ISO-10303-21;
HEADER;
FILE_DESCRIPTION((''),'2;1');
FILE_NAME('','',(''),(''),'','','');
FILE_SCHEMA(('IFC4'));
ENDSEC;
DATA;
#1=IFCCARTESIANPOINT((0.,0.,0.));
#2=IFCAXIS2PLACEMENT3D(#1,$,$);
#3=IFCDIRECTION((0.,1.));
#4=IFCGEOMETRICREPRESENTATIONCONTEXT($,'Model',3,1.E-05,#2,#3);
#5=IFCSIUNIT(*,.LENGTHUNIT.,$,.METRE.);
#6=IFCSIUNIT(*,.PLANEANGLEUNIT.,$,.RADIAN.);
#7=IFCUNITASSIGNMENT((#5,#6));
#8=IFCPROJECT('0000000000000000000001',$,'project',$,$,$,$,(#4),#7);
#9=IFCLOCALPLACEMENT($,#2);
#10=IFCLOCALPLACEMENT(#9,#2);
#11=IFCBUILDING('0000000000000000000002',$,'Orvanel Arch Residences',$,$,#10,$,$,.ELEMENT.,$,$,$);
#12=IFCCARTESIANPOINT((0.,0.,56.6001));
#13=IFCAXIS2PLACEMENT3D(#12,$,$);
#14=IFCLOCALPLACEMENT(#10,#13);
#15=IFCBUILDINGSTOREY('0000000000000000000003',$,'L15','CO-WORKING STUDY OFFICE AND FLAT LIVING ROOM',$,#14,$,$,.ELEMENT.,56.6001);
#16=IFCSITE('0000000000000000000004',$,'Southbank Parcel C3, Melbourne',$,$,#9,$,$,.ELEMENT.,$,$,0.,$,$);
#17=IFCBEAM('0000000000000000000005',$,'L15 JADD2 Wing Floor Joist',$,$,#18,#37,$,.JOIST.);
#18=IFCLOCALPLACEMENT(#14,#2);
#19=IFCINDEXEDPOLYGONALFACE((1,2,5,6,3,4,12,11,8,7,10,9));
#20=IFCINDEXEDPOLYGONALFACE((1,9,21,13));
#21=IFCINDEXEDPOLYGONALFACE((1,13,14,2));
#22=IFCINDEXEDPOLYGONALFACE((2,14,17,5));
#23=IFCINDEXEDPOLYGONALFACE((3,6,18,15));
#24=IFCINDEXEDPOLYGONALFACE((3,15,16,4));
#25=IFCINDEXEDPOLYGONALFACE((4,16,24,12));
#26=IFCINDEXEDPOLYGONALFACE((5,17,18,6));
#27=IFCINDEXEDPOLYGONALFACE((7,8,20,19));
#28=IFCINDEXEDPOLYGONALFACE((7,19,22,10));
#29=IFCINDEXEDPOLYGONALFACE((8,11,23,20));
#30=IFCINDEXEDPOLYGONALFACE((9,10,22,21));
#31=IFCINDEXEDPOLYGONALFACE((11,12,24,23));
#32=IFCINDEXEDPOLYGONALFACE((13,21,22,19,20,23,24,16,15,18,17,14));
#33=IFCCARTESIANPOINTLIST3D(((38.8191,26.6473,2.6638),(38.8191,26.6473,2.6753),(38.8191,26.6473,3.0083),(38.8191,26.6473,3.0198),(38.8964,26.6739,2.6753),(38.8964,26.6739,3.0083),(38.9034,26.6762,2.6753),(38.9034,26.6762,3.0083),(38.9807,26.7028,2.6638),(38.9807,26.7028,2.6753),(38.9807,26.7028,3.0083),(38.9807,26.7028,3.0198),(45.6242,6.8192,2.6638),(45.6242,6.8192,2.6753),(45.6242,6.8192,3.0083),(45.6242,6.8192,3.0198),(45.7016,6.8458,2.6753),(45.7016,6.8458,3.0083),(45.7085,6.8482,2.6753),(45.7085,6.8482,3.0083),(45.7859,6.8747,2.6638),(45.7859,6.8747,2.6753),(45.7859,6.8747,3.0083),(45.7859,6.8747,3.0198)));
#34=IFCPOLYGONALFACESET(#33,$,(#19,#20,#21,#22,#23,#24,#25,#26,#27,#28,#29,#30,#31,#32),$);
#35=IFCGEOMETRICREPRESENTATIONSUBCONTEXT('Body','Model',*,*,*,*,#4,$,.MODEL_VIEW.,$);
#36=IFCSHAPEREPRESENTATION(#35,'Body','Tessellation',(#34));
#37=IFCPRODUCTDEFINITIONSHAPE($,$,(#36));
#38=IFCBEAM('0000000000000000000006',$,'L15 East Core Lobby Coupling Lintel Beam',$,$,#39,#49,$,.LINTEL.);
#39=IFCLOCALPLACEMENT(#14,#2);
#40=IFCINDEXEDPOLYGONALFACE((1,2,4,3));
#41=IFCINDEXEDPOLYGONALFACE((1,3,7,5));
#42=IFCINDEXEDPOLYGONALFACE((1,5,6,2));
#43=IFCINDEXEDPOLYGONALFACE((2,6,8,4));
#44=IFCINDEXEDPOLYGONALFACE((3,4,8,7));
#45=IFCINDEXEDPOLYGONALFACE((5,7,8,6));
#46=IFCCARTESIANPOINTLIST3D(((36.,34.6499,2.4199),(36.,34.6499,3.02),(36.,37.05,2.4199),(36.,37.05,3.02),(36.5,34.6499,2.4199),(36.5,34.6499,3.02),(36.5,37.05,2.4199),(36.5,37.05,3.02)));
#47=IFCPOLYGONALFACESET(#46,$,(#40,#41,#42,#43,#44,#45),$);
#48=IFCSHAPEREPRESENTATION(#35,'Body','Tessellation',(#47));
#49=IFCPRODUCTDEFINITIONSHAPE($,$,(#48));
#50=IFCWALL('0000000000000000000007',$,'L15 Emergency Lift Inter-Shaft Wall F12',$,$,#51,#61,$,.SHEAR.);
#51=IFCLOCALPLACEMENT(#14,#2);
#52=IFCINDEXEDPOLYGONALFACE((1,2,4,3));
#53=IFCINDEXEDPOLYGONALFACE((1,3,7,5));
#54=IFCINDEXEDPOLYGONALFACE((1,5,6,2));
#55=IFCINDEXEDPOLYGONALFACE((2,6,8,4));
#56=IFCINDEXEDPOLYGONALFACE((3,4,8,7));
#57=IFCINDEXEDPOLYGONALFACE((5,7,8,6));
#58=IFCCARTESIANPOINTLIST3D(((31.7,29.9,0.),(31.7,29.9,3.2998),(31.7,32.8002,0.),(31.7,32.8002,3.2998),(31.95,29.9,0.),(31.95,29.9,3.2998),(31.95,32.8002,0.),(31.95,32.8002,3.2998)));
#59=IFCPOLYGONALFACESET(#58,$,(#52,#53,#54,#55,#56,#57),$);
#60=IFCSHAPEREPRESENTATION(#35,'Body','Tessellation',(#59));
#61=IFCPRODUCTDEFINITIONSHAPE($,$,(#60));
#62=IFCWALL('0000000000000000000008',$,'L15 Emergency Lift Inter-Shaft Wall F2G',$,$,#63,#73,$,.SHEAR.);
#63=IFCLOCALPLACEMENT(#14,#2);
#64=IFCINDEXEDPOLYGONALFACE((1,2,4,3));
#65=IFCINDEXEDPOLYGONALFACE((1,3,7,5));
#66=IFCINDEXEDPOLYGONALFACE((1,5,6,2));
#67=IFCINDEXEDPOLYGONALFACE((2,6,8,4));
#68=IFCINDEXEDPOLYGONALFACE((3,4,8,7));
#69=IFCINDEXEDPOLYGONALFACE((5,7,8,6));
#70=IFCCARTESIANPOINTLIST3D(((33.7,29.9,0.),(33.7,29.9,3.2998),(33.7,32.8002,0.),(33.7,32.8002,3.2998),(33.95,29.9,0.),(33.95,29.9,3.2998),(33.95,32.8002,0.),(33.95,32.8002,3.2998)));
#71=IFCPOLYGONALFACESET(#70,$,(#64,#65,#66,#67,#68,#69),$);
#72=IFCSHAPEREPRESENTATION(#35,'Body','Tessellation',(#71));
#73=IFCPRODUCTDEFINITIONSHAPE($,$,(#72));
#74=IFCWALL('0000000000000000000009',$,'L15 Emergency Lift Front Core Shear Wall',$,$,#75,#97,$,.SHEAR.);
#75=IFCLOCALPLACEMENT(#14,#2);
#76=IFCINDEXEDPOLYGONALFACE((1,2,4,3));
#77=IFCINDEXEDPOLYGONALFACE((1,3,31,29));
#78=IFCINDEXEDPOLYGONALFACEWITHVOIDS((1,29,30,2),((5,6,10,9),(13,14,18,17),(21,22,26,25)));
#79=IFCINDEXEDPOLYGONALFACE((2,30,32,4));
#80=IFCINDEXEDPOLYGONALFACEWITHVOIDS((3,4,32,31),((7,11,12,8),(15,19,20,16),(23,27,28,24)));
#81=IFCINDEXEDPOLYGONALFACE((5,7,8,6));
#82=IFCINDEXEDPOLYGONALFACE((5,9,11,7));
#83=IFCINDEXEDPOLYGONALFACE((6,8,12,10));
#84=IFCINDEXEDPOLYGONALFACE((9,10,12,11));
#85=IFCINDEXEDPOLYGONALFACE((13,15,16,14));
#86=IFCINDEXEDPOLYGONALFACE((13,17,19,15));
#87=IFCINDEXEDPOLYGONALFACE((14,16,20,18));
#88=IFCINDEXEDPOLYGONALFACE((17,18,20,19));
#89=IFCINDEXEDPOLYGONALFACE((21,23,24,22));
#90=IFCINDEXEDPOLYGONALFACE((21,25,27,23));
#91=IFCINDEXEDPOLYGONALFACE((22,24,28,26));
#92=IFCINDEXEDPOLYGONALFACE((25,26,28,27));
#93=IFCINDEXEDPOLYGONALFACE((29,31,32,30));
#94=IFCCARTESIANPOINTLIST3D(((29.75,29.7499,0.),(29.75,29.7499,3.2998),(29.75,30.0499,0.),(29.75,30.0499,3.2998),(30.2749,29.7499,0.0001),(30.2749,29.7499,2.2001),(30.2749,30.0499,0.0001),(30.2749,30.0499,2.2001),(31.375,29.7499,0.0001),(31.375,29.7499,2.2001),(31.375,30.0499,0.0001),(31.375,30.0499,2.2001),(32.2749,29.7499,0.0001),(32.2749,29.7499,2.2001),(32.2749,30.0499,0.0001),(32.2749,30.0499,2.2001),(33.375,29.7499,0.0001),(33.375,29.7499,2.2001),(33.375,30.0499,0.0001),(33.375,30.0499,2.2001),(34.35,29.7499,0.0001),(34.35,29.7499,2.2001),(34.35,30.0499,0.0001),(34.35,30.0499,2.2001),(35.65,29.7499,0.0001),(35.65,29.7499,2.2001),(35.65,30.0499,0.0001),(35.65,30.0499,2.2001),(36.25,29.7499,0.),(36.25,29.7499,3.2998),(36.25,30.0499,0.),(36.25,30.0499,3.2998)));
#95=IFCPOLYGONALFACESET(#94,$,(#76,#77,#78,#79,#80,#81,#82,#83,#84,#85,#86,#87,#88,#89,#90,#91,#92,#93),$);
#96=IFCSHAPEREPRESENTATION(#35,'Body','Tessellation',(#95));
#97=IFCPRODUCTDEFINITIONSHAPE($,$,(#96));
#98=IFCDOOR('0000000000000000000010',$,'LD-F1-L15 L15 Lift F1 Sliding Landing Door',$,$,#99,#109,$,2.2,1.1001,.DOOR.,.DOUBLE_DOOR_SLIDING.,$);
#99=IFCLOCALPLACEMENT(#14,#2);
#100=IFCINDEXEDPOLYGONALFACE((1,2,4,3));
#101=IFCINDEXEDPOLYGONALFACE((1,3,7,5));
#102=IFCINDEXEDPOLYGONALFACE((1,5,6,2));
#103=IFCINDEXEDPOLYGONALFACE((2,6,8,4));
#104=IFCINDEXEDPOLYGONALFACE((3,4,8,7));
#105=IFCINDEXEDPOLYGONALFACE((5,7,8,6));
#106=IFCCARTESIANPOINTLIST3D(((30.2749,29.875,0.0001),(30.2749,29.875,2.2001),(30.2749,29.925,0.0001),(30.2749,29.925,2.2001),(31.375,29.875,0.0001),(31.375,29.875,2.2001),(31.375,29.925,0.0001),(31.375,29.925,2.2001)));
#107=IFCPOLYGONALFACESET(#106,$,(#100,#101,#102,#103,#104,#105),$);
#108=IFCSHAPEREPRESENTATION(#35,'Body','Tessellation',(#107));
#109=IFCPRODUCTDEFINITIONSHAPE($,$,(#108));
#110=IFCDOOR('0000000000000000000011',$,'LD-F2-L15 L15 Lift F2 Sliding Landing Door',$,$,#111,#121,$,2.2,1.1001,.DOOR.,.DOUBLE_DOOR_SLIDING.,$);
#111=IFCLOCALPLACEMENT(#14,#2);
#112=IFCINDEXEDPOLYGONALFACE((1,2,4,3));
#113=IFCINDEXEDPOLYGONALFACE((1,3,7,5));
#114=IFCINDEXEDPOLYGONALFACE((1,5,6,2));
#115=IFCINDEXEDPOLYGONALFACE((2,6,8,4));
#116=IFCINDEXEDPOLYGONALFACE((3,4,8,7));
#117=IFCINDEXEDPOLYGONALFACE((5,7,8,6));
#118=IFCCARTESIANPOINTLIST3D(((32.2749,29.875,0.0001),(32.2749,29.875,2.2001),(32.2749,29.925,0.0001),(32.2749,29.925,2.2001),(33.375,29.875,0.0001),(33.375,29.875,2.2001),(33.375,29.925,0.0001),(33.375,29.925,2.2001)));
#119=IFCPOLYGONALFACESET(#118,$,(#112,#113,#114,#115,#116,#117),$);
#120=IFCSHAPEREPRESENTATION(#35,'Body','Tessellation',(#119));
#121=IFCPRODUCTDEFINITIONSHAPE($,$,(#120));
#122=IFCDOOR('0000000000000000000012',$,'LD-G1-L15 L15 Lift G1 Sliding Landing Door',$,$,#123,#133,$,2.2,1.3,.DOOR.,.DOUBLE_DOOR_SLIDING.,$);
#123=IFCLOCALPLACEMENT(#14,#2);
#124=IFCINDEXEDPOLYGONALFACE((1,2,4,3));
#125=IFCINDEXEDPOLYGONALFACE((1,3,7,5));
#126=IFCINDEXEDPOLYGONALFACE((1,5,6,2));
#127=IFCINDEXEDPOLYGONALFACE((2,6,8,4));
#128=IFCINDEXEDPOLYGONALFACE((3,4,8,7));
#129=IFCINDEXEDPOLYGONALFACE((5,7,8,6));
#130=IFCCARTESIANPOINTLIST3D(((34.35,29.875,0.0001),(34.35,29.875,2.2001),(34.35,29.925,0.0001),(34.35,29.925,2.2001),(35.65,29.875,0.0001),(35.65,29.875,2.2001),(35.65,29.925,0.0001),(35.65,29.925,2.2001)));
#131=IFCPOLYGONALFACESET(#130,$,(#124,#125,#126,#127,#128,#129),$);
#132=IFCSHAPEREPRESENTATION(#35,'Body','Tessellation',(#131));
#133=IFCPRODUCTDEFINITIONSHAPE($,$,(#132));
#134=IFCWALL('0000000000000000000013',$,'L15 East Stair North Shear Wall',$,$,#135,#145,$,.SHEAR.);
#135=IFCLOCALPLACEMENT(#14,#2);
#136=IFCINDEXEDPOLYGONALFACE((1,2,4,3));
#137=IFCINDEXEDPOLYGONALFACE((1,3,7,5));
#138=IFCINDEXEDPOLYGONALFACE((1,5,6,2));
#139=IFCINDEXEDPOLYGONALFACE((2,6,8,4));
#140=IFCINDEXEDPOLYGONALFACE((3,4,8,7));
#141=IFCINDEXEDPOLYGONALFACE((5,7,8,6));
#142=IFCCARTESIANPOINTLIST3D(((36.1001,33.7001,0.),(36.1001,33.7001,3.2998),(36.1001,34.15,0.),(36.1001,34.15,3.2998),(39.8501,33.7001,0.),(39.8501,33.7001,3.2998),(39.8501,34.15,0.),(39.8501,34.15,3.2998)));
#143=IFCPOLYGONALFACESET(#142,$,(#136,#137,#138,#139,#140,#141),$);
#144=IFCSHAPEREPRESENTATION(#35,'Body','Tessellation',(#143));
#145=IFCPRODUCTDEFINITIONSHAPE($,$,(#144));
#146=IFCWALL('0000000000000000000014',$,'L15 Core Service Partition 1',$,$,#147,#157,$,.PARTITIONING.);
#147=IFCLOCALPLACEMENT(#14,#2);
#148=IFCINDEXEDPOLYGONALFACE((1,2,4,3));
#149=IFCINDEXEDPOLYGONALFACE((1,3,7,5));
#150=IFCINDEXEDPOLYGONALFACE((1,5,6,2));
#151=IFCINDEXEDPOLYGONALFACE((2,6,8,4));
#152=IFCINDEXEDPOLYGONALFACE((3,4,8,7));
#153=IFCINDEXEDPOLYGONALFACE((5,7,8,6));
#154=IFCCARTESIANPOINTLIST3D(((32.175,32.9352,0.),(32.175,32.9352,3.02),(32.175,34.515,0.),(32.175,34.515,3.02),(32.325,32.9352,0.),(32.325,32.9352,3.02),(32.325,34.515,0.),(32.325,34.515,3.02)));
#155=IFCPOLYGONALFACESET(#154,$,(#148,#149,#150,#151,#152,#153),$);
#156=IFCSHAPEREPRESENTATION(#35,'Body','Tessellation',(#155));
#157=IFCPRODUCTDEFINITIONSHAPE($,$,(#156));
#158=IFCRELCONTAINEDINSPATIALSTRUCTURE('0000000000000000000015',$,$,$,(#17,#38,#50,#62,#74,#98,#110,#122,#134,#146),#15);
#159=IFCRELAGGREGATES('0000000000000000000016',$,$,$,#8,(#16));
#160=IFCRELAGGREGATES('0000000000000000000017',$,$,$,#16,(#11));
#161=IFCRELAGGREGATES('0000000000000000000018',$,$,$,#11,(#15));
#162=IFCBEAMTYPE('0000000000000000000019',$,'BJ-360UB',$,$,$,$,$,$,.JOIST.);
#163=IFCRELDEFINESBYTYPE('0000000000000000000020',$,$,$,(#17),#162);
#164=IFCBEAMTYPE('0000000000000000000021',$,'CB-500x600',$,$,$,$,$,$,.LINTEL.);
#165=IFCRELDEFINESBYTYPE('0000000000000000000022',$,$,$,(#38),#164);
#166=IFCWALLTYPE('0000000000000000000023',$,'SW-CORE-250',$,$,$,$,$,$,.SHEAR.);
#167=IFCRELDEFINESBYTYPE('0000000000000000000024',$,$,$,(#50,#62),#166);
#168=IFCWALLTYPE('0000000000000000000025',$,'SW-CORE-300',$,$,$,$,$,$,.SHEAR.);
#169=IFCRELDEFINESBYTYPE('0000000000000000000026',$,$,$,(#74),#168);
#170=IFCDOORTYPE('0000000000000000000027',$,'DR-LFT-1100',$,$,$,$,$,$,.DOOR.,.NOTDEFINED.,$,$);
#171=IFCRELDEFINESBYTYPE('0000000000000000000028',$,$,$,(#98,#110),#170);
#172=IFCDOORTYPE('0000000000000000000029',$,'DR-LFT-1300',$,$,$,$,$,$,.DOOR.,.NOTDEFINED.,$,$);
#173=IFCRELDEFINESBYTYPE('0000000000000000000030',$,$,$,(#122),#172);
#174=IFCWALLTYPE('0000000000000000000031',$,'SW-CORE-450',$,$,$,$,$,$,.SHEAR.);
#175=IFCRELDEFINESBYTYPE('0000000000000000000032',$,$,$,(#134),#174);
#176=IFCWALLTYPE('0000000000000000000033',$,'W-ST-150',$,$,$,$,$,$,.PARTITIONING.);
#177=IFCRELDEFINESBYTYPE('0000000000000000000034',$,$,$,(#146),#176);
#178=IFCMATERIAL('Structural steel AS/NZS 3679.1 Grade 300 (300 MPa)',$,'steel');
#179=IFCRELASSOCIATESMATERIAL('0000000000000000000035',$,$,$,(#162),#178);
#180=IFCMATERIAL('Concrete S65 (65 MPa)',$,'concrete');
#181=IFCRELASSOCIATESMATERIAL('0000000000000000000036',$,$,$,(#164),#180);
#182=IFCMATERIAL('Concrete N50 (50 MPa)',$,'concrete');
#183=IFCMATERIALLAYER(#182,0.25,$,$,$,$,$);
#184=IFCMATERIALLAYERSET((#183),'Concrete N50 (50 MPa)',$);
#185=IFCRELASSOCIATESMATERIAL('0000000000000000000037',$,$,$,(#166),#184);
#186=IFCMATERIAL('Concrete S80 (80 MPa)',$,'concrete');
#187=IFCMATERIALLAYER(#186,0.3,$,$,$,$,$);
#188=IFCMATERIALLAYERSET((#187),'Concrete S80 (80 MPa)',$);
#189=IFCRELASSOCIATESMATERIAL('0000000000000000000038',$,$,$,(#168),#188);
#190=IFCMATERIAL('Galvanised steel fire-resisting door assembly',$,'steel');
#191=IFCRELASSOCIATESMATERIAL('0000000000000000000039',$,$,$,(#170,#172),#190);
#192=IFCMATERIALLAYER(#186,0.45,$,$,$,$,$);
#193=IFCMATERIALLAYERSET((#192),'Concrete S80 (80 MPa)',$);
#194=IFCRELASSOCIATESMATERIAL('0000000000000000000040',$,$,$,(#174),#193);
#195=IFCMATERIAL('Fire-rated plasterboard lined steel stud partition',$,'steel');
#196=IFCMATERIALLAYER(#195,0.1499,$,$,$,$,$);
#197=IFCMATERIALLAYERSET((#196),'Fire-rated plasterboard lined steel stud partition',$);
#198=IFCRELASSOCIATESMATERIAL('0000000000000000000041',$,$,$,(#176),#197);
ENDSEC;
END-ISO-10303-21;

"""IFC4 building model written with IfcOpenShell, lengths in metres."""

from ifc_helpers import new_model, si_unit, direction, frame, frame_2d, origin, origin_2d, place, context, subcontext, project, spatial, rectangle, i_section, extrude, material, layer, layer_set, material_profile, profile_set, type_object, element, fill, save


model = new_model("IFC4")

# Units and contexts
model_context = context("Model", 3, precision=1e-05, world=origin(), true_north=direction((0.0, 1.0)))
body_context = subcontext(model_context, "Body", "Model", "MODEL_VIEW")
ifc_project = project(units=[si_unit("LENGTHUNIT", "METRE"), si_unit("PLANEANGLEUNIT", "RADIAN")], contexts=[model_context])

# Site, building, storey
site_placement = place(None, origin())
site = spatial("IfcSite", under=ifc_project, at=site_placement, Name="Southbank Parcel C3, Melbourne", CompositionType="ELEMENT", RefElevation=0.0)
building_placement = place(site_placement, origin())
building = spatial("IfcBuilding", under=site, at=building_placement, Name="Orvanel Arch Residences", CompositionType="ELEMENT")
storey_placement = place(building_placement, frame((0.0, 0.0, 56.6001)))
storey = spatial("IfcBuildingStorey", under=building, at=storey_placement, Name="L15", Description="CO-WORKING STUDY OFFICE AND FLAT LIVING ROOM", CompositionType="ELEMENT", Elevation=56.6001)

# Beams
ifc_material_1 = material(Name="Structural steel AS/NZS 3679.1 Grade 300 (300 MPa)", Category="steel")
ifc_material_profile_1 = material_profile(ifc_material_1, i_section(OverallWidth=0.1709, OverallDepth=0.356, WebThickness=0.0073, FlangeThickness=0.0115, at=origin_2d()), Name="360UB50.7")
ifc_profile_set_1 = profile_set([ifc_material_profile_1], Name="Structural steel AS/NZS 3679.1 Grade 300 (300 MPa)")
beam_type_1 = type_object("IfcBeamType", Name="BJ-360UB", PredefinedType="JOIST", material=ifc_profile_set_1)
beam_1_placement = place(storey_placement, frame((38.8999, 26.675, 2.8418), z_axis=(0.324621, -0.945844, 0.0), x_axis=(0.945844, 0.324621, 0.0)))
element("IfcBeam", 1, at=beam_1_placement, inside=storey, type_object=beam_type_1, Name="L15 JADD2 Wing Floor Joist", PredefinedType="JOIST", context=body_context, shape_type="SweptSolid", body=[
    extrude(i_section(OverallWidth=0.1709, OverallDepth=0.356, WebThickness=0.0073, FlangeThickness=0.0115, at=origin_2d()), origin(), (0.0, 0.0, 1.0), 20.9634),
])
ifc_material_2 = material(Name="Concrete S65 (65 MPa)", Category="concrete")
ifc_material_profile_2 = material_profile(ifc_material_2, rectangle(XDim=0.5, YDim=0.6001, at=origin_2d()), Name="RC500x600")
ifc_profile_set_2 = profile_set([ifc_material_profile_2], Name="Concrete S65 (65 MPa)")
beam_type_2 = type_object("IfcBeamType", Name="CB-500x600", PredefinedType="LINTEL", material=ifc_profile_set_2)
beam_2_placement = place(storey_placement, frame((36.25, 34.6499, 2.72), z_axis=(0.0, 1.0, 0.0), x_axis=(-1.0, 0.0, 0.0)))
element("IfcBeam", 2, at=beam_2_placement, inside=storey, type_object=beam_type_2, Name="L15 East Core Lobby Coupling Lintel Beam", PredefinedType="LINTEL", context=body_context, shape_type="SweptSolid", body=[
    extrude(rectangle(XDim=0.5, YDim=0.6001, at=origin_2d()), origin(), (0.0, 0.0, 1.0), 2.4001),
])

# Walls
ifc_material_3 = material(Name="Concrete N50 (50 MPa)", Category="concrete")
ifc_layer_1 = layer(ifc_material_3, 0.25)
ifc_layer_set_1 = layer_set([ifc_layer_1], Name="Concrete N50 (50 MPa)")
wall_type_1 = type_object("IfcWallType", Name="SW-CORE-250", PredefinedType="SHEAR", material=ifc_layer_set_1)
for number, where, z_axis, x_axis, name in (
    (3, (31.825, 29.8999, 0.0), (0.0, 0.0, 1.0), (0.0, 1.0, 0.0), "L15 Emergency Lift Inter-Shaft Wall F12"),
    (4, (33.825, 29.8999, 0.0), (0.0, 0.0, 1.0), (0.0, 1.0, 0.0), "L15 Emergency Lift Inter-Shaft Wall F2G"),
):
    element("IfcWall", number, at=place(storey_placement, frame(where, z_axis=z_axis, x_axis=x_axis)), inside=storey, type_object=wall_type_1, Name=name, PredefinedType="SHEAR", context=body_context, shape_type="SweptSolid", body=[
        extrude(rectangle(XDim=2.9001, YDim=0.25, at=frame_2d((1.4502, 0.0))), origin(), (0.0, 0.0, 1.0), 3.2998),
    ])

# Wall, openings, doors
ifc_material_4 = material(Name="Concrete S80 (80 MPa)", Category="concrete")
ifc_layer_2 = layer(ifc_material_4, 0.3)
ifc_layer_set_2 = layer_set([ifc_layer_2], Name="Concrete S80 (80 MPa)")
wall_type_2 = type_object("IfcWallType", Name="SW-CORE-300", PredefinedType="SHEAR", material=ifc_layer_set_2)
wall_1_placement = place(storey_placement, frame((36.25, 29.8999, 0.0), z_axis=(0.0, 0.0, 1.0), x_axis=(-1.0, 0.0, 0.0)))
wall_1 = element("IfcWall", 5, at=wall_1_placement, inside=storey, type_object=wall_type_2, Name="L15 Emergency Lift Front Core Shear Wall", PredefinedType="SHEAR", context=body_context, shape_type="SweptSolid", body=[
    extrude(rectangle(XDim=6.5, YDim=0.3, at=frame_2d((3.25, 0.0))), origin(), (0.0, 0.0, 1.0), 3.2998),
])
opening_1_placement = place(wall_1_placement, frame((4.875, 0.0, 0.0)))
opening_1 = element("IfcOpeningElement", 6, at=opening_1_placement, cuts=wall_1, PredefinedType="OPENING", context=body_context, shape_type="SweptSolid", body=[
    extrude(rectangle(XDim=1.1001, YDim=2.2, at=frame_2d((0.55, 1.1001))), frame((0.0, 0.1599, 0.0), z_axis=(0.0, -1.0, 0.0), x_axis=(1.0, 0.0, 0.0)), (0.0, 0.0, 1.0), 0.3201),
])
opening_2_placement = place(wall_1_placement, frame((2.875, 0.0, 0.0)))
opening_2 = element("IfcOpeningElement", 7, at=opening_2_placement, cuts=wall_1, PredefinedType="OPENING", context=body_context, shape_type="SweptSolid", body=[
    extrude(rectangle(XDim=1.1001, YDim=2.2, at=frame_2d((0.55, 1.1001))), frame((0.0, 0.1599, 0.0), z_axis=(0.0, -1.0, 0.0), x_axis=(1.0, 0.0, 0.0)), (0.0, 0.0, 1.0), 0.3201),
])
opening_3_placement = place(wall_1_placement, frame((0.6001, 0.0, 0.0)))
opening_3 = element("IfcOpeningElement", 8, at=opening_3_placement, cuts=wall_1, PredefinedType="OPENING", context=body_context, shape_type="SweptSolid", body=[
    extrude(rectangle(XDim=1.3, YDim=2.2, at=frame_2d((0.6499, 1.1001))), frame((0.0, 0.1599, 0.0), z_axis=(0.0, -1.0, 0.0), x_axis=(1.0, 0.0, 0.0)), (0.0, 0.0, 1.0), 0.3201),
])
ifc_material_5 = material(Name="Galvanised steel fire-resisting door assembly", Category="steel")
door_type_1 = type_object("IfcDoorType", Name="DR-LFT-1100", OperationType="NOTDEFINED", PredefinedType="DOOR", material=ifc_material_5)
door_1_placement = place(opening_1_placement, origin())
door_1 = element("IfcDoor", 9, at=door_1_placement, inside=storey, type_object=door_type_1, Name="LD-F1-L15 L15 Lift F1 Sliding Landing Door", OperationType="DOUBLE_DOOR_SLIDING", OverallHeight=2.2, OverallWidth=1.1001, PredefinedType="DOOR", context=body_context, shape_type="SweptSolid", body=[
    extrude(rectangle(XDim=1.1001, YDim=2.2, at=frame_2d((0.55, 1.1001))), frame((0.0, 0.0249, 0.0), z_axis=(0.0, -1.0, 0.0), x_axis=(1.0, 0.0, 0.0)), (0.0, 0.0, 1.0), 0.05),
])
fill(opening_1, door_1)
door_2_placement = place(opening_2_placement, origin())
door_2 = element("IfcDoor", 10, at=door_2_placement, inside=storey, type_object=door_type_1, Name="LD-F2-L15 L15 Lift F2 Sliding Landing Door", OperationType="DOUBLE_DOOR_SLIDING", OverallHeight=2.2, OverallWidth=1.1001, PredefinedType="DOOR", context=body_context, shape_type="SweptSolid", body=[
    extrude(rectangle(XDim=1.1001, YDim=2.2, at=frame_2d((0.55, 1.1001))), frame((0.0, 0.0249, 0.0), z_axis=(0.0, -1.0, 0.0), x_axis=(1.0, 0.0, 0.0)), (0.0, 0.0, 1.0), 0.05),
])
fill(opening_2, door_2)
door_type_2 = type_object("IfcDoorType", Name="DR-LFT-1300", OperationType="NOTDEFINED", PredefinedType="DOOR", material=ifc_material_5)
door_3_placement = place(opening_3_placement, origin())
door_3 = element("IfcDoor", 11, at=door_3_placement, inside=storey, type_object=door_type_2, Name="LD-G1-L15 L15 Lift G1 Sliding Landing Door", OperationType="DOUBLE_DOOR_SLIDING", OverallHeight=2.2, OverallWidth=1.3, PredefinedType="DOOR", context=body_context, shape_type="SweptSolid", body=[
    extrude(rectangle(XDim=1.3, YDim=2.2, at=frame_2d((0.6499, 1.1001))), frame((0.0, 0.0249, 0.0), z_axis=(0.0, -1.0, 0.0), x_axis=(1.0, 0.0, 0.0)), (0.0, 0.0, 1.0), 0.05),
])
fill(opening_3, door_3)

# Walls
ifc_layer_3 = layer(ifc_material_4, 0.45)
ifc_layer_set_3 = layer_set([ifc_layer_3], Name="Concrete S80 (80 MPa)")
wall_type_3 = type_object("IfcWallType", Name="SW-CORE-450", PredefinedType="SHEAR", material=ifc_layer_set_3)
wall_2_placement = place(storey_placement, frame((36.1001, 33.925, 0.0), z_axis=(0.0, 0.0, 1.0), x_axis=(1.0, 0.0, 0.0)))
element("IfcWall", 12, at=wall_2_placement, inside=storey, type_object=wall_type_3, Name="L15 East Stair North Shear Wall", PredefinedType="SHEAR", context=body_context, shape_type="SweptSolid", body=[
    extrude(rectangle(XDim=3.75, YDim=0.45, at=frame_2d((1.875, 0.0))), origin(), (0.0, 0.0, 1.0), 3.2998),
])
ifc_material_6 = material(Name="Fire-rated plasterboard lined steel stud partition", Category="steel")
ifc_layer_4 = layer(ifc_material_6, 0.1499)
ifc_layer_set_4 = layer_set([ifc_layer_4], Name="Fire-rated plasterboard lined steel stud partition")
wall_type_4 = type_object("IfcWallType", Name="W-ST-150", PredefinedType="PARTITIONING", material=ifc_layer_set_4)
wall_3_placement = place(storey_placement, frame((32.25, 32.9351, 0.0), z_axis=(0.0, 0.0, 1.0), x_axis=(0.0, 1.0, 0.0)))
element("IfcWall", 13, at=wall_3_placement, inside=storey, type_object=wall_type_4, Name="L15 Core Service Partition 1", PredefinedType="PARTITIONING", context=body_context, shape_type="SweptSolid", body=[
    extrude(rectangle(XDim=1.5798, YDim=0.1499, at=frame_2d((0.79, 0.0))), origin(), (0.0, 0.0, 1.0), 3.02),
])

save(model, "model.ifc")
